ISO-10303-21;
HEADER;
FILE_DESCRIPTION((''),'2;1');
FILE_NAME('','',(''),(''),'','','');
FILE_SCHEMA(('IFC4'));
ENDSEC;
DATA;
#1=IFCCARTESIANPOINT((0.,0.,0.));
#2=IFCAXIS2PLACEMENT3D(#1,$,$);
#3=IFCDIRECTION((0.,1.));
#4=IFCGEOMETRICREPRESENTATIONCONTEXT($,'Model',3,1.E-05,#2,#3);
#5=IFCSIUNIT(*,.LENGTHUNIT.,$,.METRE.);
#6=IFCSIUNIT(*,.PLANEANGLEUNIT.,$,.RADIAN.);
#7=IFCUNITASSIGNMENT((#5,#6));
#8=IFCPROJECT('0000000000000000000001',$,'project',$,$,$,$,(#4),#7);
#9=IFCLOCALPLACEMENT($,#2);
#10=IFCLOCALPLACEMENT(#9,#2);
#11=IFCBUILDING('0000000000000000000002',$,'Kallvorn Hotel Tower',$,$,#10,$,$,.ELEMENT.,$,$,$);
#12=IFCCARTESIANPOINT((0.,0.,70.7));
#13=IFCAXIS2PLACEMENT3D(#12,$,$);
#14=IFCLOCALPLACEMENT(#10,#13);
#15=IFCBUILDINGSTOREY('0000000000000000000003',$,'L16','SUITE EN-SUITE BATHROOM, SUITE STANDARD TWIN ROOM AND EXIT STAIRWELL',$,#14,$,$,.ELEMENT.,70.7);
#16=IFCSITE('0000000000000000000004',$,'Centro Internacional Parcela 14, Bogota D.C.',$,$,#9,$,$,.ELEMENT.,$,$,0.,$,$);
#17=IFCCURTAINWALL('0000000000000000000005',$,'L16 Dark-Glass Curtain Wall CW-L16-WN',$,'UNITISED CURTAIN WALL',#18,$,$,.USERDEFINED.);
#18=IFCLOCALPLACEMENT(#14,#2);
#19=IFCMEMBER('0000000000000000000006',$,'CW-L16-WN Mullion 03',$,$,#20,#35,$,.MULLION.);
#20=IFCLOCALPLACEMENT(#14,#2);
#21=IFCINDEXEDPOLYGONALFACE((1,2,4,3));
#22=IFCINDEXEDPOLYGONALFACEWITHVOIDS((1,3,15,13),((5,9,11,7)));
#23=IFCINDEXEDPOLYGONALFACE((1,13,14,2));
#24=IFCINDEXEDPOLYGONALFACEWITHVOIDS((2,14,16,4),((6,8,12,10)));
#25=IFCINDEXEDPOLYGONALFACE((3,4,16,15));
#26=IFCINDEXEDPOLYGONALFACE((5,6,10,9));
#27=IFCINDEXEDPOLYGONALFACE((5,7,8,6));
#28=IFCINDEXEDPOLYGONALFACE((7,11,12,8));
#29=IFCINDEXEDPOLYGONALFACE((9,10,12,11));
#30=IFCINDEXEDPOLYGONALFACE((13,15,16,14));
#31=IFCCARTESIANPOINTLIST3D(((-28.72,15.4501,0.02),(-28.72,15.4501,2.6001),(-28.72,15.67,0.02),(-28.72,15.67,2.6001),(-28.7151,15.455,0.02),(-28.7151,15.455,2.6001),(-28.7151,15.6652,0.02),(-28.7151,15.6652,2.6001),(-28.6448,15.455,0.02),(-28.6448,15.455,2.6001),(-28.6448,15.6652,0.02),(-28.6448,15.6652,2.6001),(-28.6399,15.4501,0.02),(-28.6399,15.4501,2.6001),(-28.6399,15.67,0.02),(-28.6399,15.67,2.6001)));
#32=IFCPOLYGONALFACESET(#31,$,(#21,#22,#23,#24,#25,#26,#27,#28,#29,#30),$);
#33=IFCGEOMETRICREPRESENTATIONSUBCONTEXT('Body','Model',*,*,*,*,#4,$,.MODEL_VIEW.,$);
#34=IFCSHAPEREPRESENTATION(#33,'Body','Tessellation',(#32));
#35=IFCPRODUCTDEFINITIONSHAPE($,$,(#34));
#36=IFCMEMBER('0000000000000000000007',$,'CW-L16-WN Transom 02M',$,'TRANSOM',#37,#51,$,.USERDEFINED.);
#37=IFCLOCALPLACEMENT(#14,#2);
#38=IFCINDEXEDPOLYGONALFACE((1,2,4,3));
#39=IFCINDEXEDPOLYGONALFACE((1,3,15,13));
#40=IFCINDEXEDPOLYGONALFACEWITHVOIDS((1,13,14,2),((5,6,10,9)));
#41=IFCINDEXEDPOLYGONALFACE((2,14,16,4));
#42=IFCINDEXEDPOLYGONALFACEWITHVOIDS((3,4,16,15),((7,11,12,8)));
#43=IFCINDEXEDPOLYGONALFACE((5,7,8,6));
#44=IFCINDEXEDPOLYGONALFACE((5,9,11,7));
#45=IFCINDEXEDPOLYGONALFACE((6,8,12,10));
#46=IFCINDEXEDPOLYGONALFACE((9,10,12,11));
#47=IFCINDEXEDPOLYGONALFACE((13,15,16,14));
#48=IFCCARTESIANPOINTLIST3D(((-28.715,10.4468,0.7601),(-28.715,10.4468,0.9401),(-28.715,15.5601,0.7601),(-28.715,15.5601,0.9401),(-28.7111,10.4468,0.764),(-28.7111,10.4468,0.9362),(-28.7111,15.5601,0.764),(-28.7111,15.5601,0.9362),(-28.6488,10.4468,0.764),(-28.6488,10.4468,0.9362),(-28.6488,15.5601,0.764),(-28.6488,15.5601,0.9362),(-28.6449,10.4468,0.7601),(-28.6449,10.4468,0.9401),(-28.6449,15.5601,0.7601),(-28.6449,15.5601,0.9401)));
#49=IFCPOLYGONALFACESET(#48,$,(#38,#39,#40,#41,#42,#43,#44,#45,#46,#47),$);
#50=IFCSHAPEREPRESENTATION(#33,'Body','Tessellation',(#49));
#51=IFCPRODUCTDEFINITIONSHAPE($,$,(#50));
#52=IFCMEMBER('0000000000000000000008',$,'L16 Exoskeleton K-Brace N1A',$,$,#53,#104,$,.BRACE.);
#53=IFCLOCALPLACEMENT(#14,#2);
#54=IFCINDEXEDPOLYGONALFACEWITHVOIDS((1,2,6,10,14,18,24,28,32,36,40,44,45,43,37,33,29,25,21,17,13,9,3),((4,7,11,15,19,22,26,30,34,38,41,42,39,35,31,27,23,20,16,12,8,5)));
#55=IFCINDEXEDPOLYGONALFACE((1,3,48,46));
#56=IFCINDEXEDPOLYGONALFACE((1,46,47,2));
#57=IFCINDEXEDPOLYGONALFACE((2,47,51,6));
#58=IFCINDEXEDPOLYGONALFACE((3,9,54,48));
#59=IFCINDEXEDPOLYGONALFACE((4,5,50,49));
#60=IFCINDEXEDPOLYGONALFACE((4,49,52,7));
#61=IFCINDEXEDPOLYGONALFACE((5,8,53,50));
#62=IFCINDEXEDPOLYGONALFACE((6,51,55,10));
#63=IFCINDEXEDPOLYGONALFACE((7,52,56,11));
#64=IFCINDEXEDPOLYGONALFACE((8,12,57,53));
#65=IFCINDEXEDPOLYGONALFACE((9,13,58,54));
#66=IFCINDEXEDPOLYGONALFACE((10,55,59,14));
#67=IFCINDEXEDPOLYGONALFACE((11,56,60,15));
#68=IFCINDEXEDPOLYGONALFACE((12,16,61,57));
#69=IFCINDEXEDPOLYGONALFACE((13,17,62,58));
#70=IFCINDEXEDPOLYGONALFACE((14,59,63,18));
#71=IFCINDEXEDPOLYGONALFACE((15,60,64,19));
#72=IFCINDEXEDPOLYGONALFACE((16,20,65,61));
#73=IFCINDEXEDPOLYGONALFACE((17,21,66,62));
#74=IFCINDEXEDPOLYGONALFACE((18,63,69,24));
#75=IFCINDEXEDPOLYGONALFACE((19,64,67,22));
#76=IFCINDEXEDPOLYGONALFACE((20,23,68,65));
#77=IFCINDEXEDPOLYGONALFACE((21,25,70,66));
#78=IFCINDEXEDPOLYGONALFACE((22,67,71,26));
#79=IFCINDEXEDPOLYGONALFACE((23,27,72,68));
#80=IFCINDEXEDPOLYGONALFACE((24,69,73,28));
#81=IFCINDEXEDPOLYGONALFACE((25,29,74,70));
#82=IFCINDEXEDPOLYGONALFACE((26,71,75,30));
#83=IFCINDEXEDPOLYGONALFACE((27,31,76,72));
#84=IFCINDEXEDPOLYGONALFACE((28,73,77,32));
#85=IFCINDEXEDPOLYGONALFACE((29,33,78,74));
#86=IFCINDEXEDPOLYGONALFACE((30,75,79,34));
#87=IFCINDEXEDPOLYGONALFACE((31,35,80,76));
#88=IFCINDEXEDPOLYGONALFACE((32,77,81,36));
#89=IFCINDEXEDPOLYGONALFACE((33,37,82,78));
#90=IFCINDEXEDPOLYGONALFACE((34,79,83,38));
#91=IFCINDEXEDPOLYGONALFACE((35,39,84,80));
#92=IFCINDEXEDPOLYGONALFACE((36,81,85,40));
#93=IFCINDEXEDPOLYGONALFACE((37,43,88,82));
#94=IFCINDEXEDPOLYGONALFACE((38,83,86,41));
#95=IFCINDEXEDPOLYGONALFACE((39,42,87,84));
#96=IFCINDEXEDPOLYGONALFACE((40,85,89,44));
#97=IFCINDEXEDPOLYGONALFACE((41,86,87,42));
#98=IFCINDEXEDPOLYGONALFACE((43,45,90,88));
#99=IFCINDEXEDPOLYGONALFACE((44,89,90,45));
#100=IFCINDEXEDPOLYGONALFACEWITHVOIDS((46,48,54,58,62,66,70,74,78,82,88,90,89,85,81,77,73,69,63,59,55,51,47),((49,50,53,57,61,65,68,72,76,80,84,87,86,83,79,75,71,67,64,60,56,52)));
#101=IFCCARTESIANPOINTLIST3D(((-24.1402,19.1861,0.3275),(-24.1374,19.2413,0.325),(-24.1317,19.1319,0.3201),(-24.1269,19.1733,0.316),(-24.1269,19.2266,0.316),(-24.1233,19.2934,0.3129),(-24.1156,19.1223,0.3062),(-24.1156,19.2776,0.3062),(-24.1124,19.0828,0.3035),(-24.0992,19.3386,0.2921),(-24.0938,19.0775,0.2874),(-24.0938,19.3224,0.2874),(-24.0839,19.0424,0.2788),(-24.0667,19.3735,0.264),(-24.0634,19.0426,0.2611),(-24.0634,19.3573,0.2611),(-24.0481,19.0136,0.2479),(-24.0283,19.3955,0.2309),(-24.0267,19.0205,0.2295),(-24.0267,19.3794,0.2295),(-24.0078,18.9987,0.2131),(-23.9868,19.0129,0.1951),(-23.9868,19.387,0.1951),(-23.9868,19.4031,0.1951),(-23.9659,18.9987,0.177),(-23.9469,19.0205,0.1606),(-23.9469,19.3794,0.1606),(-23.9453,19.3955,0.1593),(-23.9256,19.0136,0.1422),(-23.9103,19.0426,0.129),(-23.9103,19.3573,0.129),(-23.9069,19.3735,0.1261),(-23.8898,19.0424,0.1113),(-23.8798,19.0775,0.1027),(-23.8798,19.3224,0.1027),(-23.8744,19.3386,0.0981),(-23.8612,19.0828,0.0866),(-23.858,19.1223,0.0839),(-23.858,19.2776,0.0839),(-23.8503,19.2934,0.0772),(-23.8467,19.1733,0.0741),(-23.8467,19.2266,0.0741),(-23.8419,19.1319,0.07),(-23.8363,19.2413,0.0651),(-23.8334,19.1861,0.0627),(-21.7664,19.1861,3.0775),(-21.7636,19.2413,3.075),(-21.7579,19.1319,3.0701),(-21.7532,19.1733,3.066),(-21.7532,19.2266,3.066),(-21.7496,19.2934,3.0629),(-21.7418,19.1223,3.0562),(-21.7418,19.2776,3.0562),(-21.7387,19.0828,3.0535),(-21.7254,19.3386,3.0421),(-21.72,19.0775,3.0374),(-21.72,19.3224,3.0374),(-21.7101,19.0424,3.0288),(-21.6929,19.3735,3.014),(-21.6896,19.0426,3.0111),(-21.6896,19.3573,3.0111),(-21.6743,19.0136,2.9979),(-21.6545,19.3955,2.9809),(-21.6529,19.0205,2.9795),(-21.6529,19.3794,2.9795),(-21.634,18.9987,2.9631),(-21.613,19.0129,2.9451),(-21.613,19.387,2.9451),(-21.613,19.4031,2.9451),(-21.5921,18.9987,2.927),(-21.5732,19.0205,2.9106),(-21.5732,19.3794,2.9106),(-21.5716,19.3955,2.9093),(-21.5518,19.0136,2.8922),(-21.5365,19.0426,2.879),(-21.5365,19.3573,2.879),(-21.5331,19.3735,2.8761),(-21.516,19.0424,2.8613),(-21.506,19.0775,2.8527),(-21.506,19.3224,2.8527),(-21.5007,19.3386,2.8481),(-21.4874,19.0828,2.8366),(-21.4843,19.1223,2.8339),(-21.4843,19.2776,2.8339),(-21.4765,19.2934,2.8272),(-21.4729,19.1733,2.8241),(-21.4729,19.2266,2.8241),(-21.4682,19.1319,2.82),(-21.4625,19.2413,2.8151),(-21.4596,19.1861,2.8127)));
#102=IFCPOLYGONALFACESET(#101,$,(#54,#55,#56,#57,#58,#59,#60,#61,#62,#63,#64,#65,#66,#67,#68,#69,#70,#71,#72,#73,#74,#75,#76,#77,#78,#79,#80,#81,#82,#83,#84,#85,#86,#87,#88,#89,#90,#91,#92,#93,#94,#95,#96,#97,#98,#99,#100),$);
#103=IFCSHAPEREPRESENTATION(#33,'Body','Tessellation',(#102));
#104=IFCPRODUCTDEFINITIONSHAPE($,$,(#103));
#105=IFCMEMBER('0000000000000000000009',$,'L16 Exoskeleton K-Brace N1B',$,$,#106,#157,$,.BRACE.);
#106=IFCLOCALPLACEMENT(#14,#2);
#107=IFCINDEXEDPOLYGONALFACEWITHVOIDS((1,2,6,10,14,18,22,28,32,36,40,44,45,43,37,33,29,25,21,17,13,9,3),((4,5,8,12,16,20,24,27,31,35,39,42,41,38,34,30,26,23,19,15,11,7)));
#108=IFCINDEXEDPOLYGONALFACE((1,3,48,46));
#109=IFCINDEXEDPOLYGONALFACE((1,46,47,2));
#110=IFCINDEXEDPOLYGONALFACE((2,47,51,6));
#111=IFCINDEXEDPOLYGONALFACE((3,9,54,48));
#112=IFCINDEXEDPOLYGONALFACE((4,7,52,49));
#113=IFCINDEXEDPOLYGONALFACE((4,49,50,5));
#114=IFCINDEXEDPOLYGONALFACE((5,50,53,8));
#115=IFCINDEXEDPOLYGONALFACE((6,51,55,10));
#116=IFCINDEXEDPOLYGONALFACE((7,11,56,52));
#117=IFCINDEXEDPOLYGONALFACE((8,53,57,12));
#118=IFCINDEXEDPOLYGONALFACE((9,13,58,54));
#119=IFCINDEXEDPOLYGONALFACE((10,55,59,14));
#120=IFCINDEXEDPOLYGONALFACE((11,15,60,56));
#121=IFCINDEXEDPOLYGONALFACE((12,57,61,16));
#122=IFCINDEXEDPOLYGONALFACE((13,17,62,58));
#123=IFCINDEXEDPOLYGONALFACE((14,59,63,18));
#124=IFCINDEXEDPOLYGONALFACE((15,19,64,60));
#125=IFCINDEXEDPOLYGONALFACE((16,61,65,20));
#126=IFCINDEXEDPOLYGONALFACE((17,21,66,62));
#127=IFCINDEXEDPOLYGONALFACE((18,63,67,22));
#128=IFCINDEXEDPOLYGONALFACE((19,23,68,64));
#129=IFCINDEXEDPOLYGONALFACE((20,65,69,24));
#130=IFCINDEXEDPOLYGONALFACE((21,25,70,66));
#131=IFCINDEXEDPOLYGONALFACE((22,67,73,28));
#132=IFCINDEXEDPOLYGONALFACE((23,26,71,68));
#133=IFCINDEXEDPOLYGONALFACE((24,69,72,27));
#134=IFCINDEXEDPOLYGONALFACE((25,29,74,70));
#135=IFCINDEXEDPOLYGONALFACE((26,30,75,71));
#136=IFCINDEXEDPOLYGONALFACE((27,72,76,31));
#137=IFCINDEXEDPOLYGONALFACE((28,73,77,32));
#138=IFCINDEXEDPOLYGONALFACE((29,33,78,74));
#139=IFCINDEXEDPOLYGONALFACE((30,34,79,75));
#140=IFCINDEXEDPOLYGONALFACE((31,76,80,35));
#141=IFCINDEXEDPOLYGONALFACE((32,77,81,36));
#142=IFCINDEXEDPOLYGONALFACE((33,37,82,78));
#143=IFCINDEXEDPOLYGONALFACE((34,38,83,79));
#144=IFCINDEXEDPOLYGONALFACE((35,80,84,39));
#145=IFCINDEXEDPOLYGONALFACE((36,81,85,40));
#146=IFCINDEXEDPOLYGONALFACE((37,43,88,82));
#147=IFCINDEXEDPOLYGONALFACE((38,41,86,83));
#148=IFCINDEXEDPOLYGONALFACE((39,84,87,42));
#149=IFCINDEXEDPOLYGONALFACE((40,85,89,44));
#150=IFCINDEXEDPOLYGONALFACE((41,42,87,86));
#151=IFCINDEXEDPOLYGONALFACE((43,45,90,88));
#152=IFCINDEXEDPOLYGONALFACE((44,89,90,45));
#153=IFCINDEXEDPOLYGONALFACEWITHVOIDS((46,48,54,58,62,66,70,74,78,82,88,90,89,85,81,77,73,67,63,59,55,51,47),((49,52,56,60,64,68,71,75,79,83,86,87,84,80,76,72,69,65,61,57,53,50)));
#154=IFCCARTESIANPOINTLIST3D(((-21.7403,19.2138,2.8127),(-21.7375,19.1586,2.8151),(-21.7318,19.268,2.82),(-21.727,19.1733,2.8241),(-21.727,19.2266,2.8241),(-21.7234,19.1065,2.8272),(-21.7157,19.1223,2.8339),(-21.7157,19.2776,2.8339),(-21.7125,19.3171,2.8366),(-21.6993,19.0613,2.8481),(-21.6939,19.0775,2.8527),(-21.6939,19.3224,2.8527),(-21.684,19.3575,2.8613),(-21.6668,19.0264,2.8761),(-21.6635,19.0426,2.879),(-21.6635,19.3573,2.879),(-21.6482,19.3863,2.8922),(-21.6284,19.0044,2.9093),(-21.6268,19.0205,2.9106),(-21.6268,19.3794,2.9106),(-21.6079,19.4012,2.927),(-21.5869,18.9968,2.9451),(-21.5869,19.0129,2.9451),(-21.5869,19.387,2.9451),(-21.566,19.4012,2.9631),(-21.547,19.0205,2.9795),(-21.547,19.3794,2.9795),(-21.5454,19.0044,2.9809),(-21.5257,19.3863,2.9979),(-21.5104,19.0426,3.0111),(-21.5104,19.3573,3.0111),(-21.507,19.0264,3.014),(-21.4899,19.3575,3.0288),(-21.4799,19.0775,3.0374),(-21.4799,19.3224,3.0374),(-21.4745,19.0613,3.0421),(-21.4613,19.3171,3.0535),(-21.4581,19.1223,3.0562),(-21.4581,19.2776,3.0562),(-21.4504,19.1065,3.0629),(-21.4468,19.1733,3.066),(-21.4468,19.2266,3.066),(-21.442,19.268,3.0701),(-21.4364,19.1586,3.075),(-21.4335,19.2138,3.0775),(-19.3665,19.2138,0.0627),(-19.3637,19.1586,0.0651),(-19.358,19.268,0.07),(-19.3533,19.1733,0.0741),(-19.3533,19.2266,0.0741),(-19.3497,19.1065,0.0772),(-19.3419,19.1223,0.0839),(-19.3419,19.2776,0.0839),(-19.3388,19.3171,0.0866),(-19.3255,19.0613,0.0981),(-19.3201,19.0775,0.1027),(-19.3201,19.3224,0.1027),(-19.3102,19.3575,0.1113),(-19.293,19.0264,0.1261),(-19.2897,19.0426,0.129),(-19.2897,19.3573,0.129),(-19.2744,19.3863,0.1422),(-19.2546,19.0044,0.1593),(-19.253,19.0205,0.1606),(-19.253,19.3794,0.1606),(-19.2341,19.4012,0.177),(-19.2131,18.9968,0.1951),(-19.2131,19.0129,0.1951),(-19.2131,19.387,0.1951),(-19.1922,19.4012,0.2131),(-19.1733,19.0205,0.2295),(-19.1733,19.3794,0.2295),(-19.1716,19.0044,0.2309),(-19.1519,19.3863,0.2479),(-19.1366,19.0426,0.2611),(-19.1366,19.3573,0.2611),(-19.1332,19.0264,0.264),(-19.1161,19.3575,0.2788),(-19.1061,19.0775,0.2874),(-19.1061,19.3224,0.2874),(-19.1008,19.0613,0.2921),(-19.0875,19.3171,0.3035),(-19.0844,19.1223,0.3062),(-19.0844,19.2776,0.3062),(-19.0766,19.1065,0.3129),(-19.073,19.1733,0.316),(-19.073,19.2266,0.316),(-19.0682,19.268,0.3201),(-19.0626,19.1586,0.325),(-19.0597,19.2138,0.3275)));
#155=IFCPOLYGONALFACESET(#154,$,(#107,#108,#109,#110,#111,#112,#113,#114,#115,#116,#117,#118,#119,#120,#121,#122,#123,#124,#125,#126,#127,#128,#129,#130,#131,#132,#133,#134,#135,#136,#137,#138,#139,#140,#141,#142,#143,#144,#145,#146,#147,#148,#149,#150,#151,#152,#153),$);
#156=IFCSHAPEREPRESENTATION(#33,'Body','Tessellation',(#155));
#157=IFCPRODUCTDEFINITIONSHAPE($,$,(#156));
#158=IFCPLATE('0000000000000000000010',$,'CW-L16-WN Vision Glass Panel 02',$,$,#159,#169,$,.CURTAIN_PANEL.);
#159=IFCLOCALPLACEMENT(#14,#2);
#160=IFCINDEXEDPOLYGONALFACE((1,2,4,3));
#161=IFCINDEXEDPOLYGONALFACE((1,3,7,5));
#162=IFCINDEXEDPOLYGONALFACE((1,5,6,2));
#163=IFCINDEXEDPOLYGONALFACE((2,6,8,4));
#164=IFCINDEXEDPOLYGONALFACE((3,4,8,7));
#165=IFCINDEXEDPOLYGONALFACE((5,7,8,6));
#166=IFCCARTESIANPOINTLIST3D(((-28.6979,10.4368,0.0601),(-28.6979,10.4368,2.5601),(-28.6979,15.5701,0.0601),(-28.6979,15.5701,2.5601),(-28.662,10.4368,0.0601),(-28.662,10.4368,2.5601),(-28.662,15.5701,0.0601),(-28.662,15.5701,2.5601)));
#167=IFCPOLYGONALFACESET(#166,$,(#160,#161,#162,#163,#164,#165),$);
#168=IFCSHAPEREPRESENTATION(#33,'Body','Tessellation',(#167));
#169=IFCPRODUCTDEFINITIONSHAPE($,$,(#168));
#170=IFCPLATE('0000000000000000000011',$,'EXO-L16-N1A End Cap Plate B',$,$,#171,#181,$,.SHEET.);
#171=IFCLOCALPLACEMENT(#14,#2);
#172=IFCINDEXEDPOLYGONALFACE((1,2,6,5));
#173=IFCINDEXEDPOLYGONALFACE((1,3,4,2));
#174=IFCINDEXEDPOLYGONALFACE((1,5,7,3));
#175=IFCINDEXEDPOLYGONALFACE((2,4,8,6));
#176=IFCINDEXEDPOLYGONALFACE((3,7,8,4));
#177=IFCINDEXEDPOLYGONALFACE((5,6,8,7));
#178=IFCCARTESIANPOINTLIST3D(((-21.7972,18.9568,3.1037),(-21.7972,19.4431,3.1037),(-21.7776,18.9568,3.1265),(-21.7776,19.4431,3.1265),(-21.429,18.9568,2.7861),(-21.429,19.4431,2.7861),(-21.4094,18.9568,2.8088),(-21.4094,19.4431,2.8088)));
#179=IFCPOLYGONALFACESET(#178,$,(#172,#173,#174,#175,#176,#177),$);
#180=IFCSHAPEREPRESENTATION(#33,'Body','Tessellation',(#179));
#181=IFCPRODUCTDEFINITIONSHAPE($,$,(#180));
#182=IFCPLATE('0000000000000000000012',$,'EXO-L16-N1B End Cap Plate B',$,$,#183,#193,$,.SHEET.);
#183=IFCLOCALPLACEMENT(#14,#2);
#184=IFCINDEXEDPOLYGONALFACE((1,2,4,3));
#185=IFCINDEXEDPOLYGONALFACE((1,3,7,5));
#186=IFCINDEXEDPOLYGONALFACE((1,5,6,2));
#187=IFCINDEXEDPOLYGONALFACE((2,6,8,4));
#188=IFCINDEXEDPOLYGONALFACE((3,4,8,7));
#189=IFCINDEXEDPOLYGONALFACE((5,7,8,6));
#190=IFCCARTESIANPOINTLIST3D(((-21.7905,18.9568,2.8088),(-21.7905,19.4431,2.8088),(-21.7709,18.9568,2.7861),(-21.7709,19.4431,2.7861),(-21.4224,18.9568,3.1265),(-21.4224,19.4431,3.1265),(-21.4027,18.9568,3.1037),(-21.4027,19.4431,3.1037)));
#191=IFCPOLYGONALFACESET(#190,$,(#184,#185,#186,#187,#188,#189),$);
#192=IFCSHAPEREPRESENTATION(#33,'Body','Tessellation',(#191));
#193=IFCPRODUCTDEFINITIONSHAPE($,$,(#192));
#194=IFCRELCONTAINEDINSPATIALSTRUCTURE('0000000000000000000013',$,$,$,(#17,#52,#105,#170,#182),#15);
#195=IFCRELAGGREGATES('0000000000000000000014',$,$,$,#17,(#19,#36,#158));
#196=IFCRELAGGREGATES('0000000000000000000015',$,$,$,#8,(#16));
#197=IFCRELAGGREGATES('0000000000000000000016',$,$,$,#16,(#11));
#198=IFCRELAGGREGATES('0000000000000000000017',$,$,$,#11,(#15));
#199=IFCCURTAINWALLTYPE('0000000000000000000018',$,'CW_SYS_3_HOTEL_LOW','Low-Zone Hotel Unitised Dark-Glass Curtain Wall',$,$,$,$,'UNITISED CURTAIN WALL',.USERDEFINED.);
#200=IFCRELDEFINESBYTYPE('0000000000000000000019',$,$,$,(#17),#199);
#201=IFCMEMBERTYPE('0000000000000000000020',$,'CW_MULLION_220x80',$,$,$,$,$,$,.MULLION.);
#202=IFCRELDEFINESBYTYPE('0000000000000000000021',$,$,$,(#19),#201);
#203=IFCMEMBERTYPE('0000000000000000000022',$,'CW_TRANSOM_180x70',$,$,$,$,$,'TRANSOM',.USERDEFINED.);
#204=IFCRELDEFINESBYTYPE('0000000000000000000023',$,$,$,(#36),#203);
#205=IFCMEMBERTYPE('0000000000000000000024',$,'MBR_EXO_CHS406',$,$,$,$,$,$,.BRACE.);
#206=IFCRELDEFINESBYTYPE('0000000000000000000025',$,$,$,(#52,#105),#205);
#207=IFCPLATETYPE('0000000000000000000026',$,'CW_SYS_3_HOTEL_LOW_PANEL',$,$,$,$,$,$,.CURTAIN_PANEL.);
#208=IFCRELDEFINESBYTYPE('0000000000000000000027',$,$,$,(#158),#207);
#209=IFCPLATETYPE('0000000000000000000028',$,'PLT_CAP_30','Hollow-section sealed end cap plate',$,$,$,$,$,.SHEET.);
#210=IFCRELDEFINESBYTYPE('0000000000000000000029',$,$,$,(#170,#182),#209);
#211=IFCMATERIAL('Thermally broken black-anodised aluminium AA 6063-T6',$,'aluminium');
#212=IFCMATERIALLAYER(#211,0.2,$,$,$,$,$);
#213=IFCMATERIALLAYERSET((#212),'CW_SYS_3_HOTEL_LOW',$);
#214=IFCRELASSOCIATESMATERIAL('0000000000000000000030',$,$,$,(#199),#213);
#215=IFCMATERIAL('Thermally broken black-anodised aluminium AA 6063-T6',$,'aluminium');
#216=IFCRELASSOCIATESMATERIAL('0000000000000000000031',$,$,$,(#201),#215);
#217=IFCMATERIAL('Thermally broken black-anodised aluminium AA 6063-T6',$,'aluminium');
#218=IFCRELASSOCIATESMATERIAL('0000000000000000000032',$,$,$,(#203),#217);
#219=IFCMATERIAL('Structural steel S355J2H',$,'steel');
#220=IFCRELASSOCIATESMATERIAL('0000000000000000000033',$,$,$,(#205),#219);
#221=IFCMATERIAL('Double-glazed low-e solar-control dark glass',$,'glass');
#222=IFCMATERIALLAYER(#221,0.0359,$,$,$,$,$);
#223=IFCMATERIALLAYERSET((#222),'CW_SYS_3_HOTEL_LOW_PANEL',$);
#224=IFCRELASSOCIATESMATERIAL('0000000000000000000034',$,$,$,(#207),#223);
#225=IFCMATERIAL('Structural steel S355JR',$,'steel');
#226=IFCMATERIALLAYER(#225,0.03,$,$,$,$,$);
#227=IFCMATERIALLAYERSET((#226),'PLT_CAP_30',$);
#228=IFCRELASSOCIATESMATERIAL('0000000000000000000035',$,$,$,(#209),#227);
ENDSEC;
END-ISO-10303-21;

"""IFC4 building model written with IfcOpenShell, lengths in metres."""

from ifc_helpers import new_model, si_unit, direction, frame, origin, origin_2d, place, context, subcontext, project, spatial, polyline, rectangle, hollow_rectangle, hollow_circle, outline, extrude, material, layer, layer_set, material_profile, profile_set, type_object, element, aggregate, save


model = new_model("IFC4")

# Units and contexts
model_context = context("Model", 3, precision=1e-05, world=origin(), true_north=direction((0.0, 1.0)))
body_context = subcontext(model_context, "Body", "Model", "MODEL_VIEW")
ifc_project = project(units=[si_unit("LENGTHUNIT", "METRE"), si_unit("PLANEANGLEUNIT", "RADIAN")], contexts=[model_context])

# Site, building, storey
site_placement = place(None, origin())
site = spatial("IfcSite", under=ifc_project, at=site_placement, Name="Centro Internacional Parcela 14, Bogota D.C.", CompositionType="ELEMENT", RefElevation=0.0)
building_placement = place(site_placement, origin())
building = spatial("IfcBuilding", under=site, at=building_placement, Name="Kallvorn Hotel Tower", CompositionType="ELEMENT")
storey_placement = place(building_placement, frame((0.0, 0.0, 70.7)))
storey = spatial("IfcBuildingStorey", under=building, at=storey_placement, Name="L16", Description="SUITE EN-SUITE BATHROOM, SUITE STANDARD TWIN ROOM AND EXIT STAIRWELL", CompositionType="ELEMENT", Elevation=70.7)

# Curtain wall, members
ifc_material_1 = material(Name="Thermally broken black-anodised aluminium AA 6063-T6", Category="aluminium")
ifc_layer_1 = layer(ifc_material_1, 0.2)
ifc_layer_set_1 = layer_set([ifc_layer_1], Name="CW_SYS_3_HOTEL_LOW")
curtain_wall_type = type_object("IfcCurtainWallType", Name="CW_SYS_3_HOTEL_LOW", Description="Low-Zone Hotel Unitised Dark-Glass Curtain Wall", ElementType="UNITISED CURTAIN WALL", PredefinedType="USERDEFINED", material=ifc_layer_set_1)
curtain_wall_placement = place(storey_placement, origin())
curtain_wall = element("IfcCurtainWall", 1, at=curtain_wall_placement, inside=storey, type_object=curtain_wall_type, Name="L16 Dark-Glass Curtain Wall CW-L16-WN", ObjectType="UNITISED CURTAIN WALL", PredefinedType="USERDEFINED")
ifc_material_2 = material(Name="Thermally broken black-anodised aluminium AA 6063-T6", Category="aluminium")
ifc_material_profile_1 = material_profile(ifc_material_2, hollow_rectangle(XDim=0.0801, YDim=0.22, WallThickness=0.0049, at=origin_2d()), Name="MUL 220x80")
ifc_profile_set_1 = profile_set([ifc_material_profile_1], Name="Thermally broken black-anodised aluminium AA 6063-T6")
member_type_1 = type_object("IfcMemberType", Name="CW_MULLION_220x80", PredefinedType="MULLION", material=ifc_profile_set_1)
member_1_placement = place(storey_placement, frame((-28.6799, 15.5601, 0.02), z_axis=(0.0, 0.0, 1.0), x_axis=(1.0, 0.0, 0.0)))
member_1 = element("IfcMember", 2, at=member_1_placement, type_object=member_type_1, Name="CW-L16-WN Mullion 03", PredefinedType="MULLION", context=body_context, shape_type="SweptSolid", body=[
    extrude(hollow_rectangle(XDim=0.0801, YDim=0.22, WallThickness=0.0049, at=origin_2d()), origin(), (0.0, 0.0, 1.0), 2.5801),
])
ifc_material_3 = material(Name="Thermally broken black-anodised aluminium AA 6063-T6", Category="aluminium")
ifc_material_profile_2 = material_profile(ifc_material_3, hollow_rectangle(XDim=0.0701, YDim=0.1799, WallThickness=0.0039, at=origin_2d()), Name="TRN 180x70")
ifc_profile_set_2 = profile_set([ifc_material_profile_2], Name="Thermally broken black-anodised aluminium AA 6063-T6")
member_type_2 = type_object("IfcMemberType", Name="CW_TRANSOM_180x70", ElementType="TRANSOM", PredefinedType="USERDEFINED", material=ifc_profile_set_2)
member_2_placement = place(storey_placement, frame((-28.6799, 10.4468, 0.8501), z_axis=(0.0, 1.0, 0.0), x_axis=(-1.0, 0.0, 0.0)))
member_2 = element("IfcMember", 3, at=member_2_placement, type_object=member_type_2, Name="CW-L16-WN Transom 02M", ObjectType="TRANSOM", PredefinedType="USERDEFINED", context=body_context, shape_type="SweptSolid", body=[
    extrude(hollow_rectangle(XDim=0.0701, YDim=0.1799, WallThickness=0.0039, at=origin_2d()), origin(), (0.0, 0.0, 1.0), 5.1133),
])

# Members
ifc_material_4 = material(Name="Structural steel S355J2H", Category="steel")
ifc_material_profile_3 = material_profile(ifc_material_4, hollow_circle(Radius=0.2031, WallThickness=0.0161, at=origin_2d()), Name="CHS 406.4x16")
ifc_profile_set_3 = profile_set([ifc_material_profile_3], Name="Structural steel S355J2H")
member_type_3 = type_object("IfcMemberType", Name="MBR_EXO_CHS406", PredefinedType="BRACE", material=ifc_profile_set_3)
for number, where, z_axis, x_axis, name in (
    (4, (-23.9868, 19.2, 0.1951), (0.653427, 0.0, 0.756989), (0.0, 1.0, 0.0), "L16 Exoskeleton K-Brace N1A"),
    (5, (-19.2131, 19.2, 0.1951), (-0.653427, 0.0, 0.756989), (0.0, -1.0, 0.0), "L16 Exoskeleton K-Brace N1B"),
):
    element("IfcMember", number, at=place(storey_placement, frame(where, z_axis=z_axis, x_axis=x_axis)), inside=storey, type_object=member_type_3, Name=name, PredefinedType="BRACE", context=body_context, shape_type="SweptSolid", body=[
        extrude(hollow_circle(Radius=0.2031, WallThickness=0.0161, at=origin_2d()), origin(), (0.0, 0.0, 1.0), 3.6328),
    ])

# Plate
ifc_material_5 = material(Name="Double-glazed low-e solar-control dark glass", Category="glass")
ifc_layer_2 = layer(ifc_material_5, 0.0359)
ifc_layer_set_2 = layer_set([ifc_layer_2], Name="CW_SYS_3_HOTEL_LOW_PANEL")
plate_type_1 = type_object("IfcPlateType", Name="CW_SYS_3_HOTEL_LOW_PANEL", PredefinedType="CURTAIN_PANEL", material=ifc_layer_set_2)
plate_1_placement = place(storey_placement, frame((-28.6799, 13.0034, 0.0601), z_axis=(0.0, 0.0, 1.0), x_axis=(0.0, 1.0, 0.0)))
plate_1 = element("IfcPlate", 6, at=plate_1_placement, type_object=plate_type_1, Name="CW-L16-WN Vision Glass Panel 02", PredefinedType="CURTAIN_PANEL", context=body_context, shape_type="SweptSolid", body=[
    extrude(rectangle(XDim=5.1333, YDim=0.0359, at=origin_2d()), origin(), (0.0, 0.0, 1.0), 2.5),
])
aggregate(curtain_wall, [member_1, member_2, plate_1])

# Plates
ifc_material_6 = material(Name="Structural steel S355JR", Category="steel")
ifc_layer_3 = layer(ifc_material_6, 0.03)
ifc_layer_set_3 = layer_set([ifc_layer_3], Name="PLT_CAP_30")
plate_type_2 = type_object("IfcPlateType", Name="PLT_CAP_30", Description="Hollow-section sealed end cap plate", PredefinedType="SHEET", material=ifc_layer_set_3)
for number, where, z_axis, x_axis, name in (
    (7, (-21.4094, 18.9568, 2.8088), (0.653228, 0.0, 0.757162), (0.0, 1.0, 0.0), "EXO-L16-N1A End Cap Plate B"),
    (8, (-21.7905, 19.4431, 2.8088), (-0.653228, 0.0, 0.757162), (0.0, -1.0, 0.0), "EXO-L16-N1B End Cap Plate B"),
):
    element("IfcPlate", number, at=place(storey_placement, frame(where, z_axis=z_axis, x_axis=x_axis)), inside=storey, type_object=plate_type_2, Name=name, PredefinedType="SHEET", context=body_context, shape_type="SweptSolid", body=[
        extrude(outline(polyline([(0.0, 0.0), (0.4863, 0.0), (0.4863, 0.4862), (0.0, 0.4862), (0.0, 0.0)])), origin(), (0.0, 0.0, -1.0), 0.03),
    ])

save(model, "model.ifc")
